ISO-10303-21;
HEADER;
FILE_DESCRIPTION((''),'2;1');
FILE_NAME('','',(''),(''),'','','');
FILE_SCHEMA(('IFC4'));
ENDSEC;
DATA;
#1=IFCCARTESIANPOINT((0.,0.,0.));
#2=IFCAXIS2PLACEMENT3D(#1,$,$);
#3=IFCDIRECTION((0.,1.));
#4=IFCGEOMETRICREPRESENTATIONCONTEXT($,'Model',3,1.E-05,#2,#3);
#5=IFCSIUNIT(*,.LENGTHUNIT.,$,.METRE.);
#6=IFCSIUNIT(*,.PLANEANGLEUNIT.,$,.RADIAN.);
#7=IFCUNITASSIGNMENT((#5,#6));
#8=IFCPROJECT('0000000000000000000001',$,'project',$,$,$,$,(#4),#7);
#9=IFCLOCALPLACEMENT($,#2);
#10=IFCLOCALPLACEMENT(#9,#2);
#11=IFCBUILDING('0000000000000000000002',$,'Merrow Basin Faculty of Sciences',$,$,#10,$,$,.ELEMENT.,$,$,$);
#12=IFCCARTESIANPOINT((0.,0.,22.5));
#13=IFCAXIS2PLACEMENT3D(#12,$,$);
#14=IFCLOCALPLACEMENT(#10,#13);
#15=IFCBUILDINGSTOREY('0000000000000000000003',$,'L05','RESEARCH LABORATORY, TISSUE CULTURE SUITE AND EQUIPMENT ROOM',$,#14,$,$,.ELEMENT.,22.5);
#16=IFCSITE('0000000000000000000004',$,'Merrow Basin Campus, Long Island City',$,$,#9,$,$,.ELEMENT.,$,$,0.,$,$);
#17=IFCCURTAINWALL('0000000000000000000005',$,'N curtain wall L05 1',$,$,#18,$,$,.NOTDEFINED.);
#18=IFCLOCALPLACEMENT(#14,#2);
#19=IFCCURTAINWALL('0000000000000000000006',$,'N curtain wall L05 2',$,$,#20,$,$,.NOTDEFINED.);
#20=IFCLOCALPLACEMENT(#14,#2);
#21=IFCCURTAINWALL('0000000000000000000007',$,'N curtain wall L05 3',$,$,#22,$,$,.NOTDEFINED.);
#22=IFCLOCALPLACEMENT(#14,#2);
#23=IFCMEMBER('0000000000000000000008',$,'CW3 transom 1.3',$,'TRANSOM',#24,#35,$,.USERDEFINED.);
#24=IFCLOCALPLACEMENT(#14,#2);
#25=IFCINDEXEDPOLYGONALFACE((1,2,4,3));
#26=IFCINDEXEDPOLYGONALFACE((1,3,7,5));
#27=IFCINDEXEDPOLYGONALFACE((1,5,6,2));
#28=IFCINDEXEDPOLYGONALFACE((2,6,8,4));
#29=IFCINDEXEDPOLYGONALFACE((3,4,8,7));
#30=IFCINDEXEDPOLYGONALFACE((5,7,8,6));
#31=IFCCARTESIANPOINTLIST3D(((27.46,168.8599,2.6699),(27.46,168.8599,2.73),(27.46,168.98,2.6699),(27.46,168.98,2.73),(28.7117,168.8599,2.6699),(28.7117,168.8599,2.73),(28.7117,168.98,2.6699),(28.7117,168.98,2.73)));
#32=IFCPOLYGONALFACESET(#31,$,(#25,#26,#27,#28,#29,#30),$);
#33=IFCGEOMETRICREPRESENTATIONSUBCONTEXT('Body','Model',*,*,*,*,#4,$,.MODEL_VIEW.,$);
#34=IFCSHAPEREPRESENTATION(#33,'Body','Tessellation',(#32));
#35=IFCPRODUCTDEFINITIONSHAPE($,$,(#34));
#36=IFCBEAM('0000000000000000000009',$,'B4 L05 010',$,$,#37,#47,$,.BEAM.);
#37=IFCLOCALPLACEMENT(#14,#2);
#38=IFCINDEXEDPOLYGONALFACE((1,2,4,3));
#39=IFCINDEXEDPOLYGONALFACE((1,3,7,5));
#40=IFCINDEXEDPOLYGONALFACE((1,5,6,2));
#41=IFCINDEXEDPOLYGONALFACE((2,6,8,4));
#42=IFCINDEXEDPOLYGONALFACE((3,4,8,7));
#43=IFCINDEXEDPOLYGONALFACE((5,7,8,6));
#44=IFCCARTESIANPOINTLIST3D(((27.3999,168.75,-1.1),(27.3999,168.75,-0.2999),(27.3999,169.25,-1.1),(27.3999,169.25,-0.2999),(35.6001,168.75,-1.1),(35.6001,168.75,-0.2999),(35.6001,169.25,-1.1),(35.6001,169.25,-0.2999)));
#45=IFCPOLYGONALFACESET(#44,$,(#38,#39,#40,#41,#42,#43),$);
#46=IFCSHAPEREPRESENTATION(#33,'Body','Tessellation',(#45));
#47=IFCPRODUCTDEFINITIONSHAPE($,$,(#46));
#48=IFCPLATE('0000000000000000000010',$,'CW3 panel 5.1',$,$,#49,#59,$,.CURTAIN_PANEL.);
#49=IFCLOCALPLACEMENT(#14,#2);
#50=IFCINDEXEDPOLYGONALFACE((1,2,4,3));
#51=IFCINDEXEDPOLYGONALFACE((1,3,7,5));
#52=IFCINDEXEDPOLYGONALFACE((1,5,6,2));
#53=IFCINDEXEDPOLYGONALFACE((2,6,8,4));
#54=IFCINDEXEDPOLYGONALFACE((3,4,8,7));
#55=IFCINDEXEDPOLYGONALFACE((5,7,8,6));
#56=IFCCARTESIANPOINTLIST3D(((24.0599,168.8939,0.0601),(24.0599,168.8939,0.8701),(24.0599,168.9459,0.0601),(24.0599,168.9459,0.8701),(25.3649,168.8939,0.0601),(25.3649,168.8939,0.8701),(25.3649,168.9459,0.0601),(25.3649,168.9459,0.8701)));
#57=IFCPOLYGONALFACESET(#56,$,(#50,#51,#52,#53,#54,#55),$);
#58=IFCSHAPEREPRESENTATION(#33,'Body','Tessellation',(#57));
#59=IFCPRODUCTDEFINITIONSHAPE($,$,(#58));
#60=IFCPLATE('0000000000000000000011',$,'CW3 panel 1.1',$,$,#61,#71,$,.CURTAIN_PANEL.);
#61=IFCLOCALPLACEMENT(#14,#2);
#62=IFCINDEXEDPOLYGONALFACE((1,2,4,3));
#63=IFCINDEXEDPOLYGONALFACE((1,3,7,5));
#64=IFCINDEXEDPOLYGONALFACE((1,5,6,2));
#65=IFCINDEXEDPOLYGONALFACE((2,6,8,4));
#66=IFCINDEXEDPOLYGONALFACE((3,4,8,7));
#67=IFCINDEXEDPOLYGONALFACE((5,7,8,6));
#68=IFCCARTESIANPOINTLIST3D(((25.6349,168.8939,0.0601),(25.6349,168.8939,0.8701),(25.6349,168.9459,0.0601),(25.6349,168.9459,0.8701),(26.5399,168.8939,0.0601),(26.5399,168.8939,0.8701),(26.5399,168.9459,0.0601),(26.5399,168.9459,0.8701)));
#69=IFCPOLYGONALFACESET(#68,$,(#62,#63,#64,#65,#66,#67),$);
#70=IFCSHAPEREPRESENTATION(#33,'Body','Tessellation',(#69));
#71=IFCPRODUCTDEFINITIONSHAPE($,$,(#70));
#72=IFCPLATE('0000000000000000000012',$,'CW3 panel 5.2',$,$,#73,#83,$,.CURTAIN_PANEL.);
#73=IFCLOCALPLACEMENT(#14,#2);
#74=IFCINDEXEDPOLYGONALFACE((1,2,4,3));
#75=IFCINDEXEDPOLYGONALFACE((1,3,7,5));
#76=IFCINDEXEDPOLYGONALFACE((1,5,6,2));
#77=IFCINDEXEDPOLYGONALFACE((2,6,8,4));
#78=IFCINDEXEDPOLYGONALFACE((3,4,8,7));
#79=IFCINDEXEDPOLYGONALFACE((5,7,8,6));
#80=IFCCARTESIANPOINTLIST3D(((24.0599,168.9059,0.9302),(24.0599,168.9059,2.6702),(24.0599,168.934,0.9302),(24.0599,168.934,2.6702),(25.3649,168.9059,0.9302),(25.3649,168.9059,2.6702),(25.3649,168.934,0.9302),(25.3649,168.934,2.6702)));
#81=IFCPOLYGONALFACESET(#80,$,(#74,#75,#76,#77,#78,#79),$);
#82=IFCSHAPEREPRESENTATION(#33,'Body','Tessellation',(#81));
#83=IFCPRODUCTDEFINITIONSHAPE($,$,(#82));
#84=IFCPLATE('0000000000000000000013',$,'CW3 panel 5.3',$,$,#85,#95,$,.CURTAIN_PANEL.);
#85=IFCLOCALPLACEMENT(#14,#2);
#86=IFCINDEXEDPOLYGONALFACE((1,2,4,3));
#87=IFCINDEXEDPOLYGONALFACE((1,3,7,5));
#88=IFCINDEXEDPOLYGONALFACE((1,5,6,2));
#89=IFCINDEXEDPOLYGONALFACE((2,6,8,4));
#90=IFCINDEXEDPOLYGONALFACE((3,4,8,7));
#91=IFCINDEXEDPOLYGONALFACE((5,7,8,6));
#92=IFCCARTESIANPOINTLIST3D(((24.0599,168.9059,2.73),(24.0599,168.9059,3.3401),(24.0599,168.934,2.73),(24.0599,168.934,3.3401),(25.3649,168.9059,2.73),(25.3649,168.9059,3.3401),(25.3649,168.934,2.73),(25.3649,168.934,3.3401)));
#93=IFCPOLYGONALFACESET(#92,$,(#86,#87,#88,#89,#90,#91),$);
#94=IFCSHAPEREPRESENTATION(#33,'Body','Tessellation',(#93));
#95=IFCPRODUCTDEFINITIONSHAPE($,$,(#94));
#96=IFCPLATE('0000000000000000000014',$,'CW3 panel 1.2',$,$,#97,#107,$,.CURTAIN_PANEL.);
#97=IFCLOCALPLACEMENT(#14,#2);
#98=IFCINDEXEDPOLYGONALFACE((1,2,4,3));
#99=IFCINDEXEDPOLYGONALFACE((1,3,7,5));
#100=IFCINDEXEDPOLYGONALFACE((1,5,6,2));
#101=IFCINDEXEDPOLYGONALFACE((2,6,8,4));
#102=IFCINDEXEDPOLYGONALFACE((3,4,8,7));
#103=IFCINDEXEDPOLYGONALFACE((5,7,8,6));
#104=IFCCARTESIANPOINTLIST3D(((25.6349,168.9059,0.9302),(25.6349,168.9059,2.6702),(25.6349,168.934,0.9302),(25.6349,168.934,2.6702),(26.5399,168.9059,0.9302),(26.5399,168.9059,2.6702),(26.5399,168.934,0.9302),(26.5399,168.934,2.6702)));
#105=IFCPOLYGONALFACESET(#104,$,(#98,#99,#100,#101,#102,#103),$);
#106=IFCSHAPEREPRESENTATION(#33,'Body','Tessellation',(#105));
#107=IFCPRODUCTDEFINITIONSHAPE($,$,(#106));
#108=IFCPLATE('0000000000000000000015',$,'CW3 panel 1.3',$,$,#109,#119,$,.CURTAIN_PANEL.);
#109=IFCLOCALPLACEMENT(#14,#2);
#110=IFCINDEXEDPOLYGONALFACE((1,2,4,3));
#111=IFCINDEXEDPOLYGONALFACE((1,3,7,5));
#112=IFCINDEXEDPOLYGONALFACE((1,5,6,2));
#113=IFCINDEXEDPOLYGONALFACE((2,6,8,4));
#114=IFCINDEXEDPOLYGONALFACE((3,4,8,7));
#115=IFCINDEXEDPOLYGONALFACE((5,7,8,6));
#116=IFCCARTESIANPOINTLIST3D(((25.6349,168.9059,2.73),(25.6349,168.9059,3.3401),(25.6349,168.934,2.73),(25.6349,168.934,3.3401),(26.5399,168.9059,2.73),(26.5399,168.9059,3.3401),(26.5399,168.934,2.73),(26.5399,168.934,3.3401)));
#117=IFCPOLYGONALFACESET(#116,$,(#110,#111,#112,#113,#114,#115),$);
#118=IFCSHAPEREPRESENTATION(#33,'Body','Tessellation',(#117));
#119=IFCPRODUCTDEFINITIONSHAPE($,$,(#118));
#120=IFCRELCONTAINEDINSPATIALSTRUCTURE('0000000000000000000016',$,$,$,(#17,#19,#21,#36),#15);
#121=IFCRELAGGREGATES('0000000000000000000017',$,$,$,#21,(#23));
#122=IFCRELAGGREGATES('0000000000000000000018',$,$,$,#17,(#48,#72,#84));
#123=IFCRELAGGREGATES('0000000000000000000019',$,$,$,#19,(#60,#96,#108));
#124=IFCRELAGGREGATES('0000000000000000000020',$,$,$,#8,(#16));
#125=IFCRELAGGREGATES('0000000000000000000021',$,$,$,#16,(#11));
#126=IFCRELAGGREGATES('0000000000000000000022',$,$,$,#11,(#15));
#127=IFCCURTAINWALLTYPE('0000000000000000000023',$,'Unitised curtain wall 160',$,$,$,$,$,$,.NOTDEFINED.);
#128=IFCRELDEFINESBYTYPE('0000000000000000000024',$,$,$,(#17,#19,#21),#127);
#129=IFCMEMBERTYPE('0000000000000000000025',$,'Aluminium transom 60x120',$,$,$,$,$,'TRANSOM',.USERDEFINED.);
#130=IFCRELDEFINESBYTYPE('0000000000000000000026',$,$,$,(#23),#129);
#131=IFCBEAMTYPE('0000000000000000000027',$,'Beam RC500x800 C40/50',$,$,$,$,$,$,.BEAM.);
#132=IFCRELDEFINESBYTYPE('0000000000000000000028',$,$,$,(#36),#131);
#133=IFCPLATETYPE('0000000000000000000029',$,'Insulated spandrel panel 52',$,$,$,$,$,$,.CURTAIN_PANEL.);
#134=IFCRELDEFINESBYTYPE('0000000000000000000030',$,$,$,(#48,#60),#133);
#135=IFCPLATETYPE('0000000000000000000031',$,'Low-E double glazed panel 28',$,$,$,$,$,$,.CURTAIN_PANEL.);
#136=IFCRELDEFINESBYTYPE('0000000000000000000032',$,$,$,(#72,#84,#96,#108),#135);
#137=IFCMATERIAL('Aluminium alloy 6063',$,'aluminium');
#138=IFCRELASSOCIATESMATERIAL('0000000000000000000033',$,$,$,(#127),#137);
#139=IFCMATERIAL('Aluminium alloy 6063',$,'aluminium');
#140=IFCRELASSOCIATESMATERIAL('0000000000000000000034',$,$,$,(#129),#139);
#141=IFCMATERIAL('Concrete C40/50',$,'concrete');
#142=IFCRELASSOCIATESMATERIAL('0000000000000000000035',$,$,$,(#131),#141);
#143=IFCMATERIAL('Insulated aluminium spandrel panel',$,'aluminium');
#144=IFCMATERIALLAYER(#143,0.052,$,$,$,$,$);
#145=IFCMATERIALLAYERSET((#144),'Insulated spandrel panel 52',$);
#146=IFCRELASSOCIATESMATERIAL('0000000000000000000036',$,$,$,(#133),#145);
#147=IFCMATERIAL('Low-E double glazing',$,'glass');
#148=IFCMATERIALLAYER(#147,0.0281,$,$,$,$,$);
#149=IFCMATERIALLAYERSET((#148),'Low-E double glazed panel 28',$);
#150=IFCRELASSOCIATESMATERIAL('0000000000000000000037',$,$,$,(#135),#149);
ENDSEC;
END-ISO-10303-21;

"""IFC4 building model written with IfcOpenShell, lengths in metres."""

from ifc_helpers import new_model, si_unit, direction, frame, origin, origin_2d, place, context, subcontext, project, spatial, rectangle, extrude, material, layer, layer_set, material_profile, profile_set, type_object, element, aggregate, save


model = new_model("IFC4")

# Units and contexts
model_context = context("Model", 3, precision=1e-05, world=origin(), true_north=direction((0.0, 1.0)))
body_context = subcontext(model_context, "Body", "Model", "MODEL_VIEW")
ifc_project = project(units=[si_unit("LENGTHUNIT", "METRE"), si_unit("PLANEANGLEUNIT", "RADIAN")], contexts=[model_context])

# Site, building, storey
site_placement = place(None, origin())
site = spatial("IfcSite", under=ifc_project, at=site_placement, Name="Merrow Basin Campus, Long Island City", CompositionType="ELEMENT", RefElevation=0.0)
building_placement = place(site_placement, origin())
building = spatial("IfcBuilding", under=site, at=building_placement, Name="Merrow Basin Faculty of Sciences", CompositionType="ELEMENT")
storey_placement = place(building_placement, frame((0.0, 0.0, 22.5)))
storey = spatial("IfcBuildingStorey", under=building, at=storey_placement, Name="L05", Description="RESEARCH LABORATORY, TISSUE CULTURE SUITE AND EQUIPMENT ROOM", CompositionType="ELEMENT", Elevation=22.5)

# Curtain wall
ifc_material_1 = material(Name="Aluminium alloy 6063", Category="aluminium")
curtain_wall_type = type_object("IfcCurtainWallType", Name="Unitised curtain wall 160", PredefinedType="NOTDEFINED", material=ifc_material_1)
curtain_wall_1_placement = place(storey_placement, origin())
curtain_wall_1 = element("IfcCurtainWall", 1, at=curtain_wall_1_placement, inside=storey, type_object=curtain_wall_type, Name="N curtain wall L05 1", PredefinedType="NOTDEFINED")

# Curtain wall
curtain_wall_2_placement = place(storey_placement, origin())
curtain_wall_2 = element("IfcCurtainWall", 2, at=curtain_wall_2_placement, inside=storey, type_object=curtain_wall_type, Name="N curtain wall L05 2", PredefinedType="NOTDEFINED")

# Curtain wall
curtain_wall_3_placement = place(storey_placement, origin())
curtain_wall_3 = element("IfcCurtainWall", 3, at=curtain_wall_3_placement, inside=storey, type_object=curtain_wall_type, Name="N curtain wall L05 3", PredefinedType="NOTDEFINED")

# Member
ifc_material_2 = material(Name="Aluminium alloy 6063", Category="aluminium")
ifc_material_profile_1 = material_profile(ifc_material_2, rectangle(XDim=0.1201, YDim=0.0601, at=origin_2d()))
ifc_profile_set_1 = profile_set([ifc_material_profile_1], Name="Aluminium alloy 6063")
member_type_1 = type_object("IfcMemberType", Name="Aluminium transom 60x120", ElementType="TRANSOM", PredefinedType="USERDEFINED", material=ifc_profile_set_1)
member_1_placement = place(storey_placement, frame((27.46, 168.9199, 2.7), z_axis=(1.0, 0.0, 0.0), x_axis=(0.0, 1.0, 0.0)))
member_1 = element("IfcMember", 4, at=member_1_placement, type_object=member_type_1, Name="CW3 transom 1.3", ObjectType="TRANSOM", PredefinedType="USERDEFINED", context=body_context, shape_type="SweptSolid", body=[
    extrude(rectangle(XDim=0.1201, YDim=0.0601, at=origin_2d()), origin(), (0.0, 0.0, 1.0), 1.2517),
])
aggregate(curtain_wall_3, [member_1])

# Beam
ifc_material_3 = material(Name="Concrete C40/50", Category="concrete")
ifc_material_profile_2 = material_profile(ifc_material_3, rectangle(XDim=0.5, YDim=0.8, at=origin_2d()))
ifc_profile_set_2 = profile_set([ifc_material_profile_2], Name="Concrete C40/50")
beam_type = type_object("IfcBeamType", Name="Beam RC500x800 C40/50", PredefinedType="BEAM", material=ifc_profile_set_2)
beam_placement = place(storey_placement, frame((27.3999, 169.0, -0.7), z_axis=(1.0, 0.0, 0.0), x_axis=(0.0, 1.0, 0.0)))
element("IfcBeam", 5, at=beam_placement, inside=storey, type_object=beam_type, Name="B4 L05 010", PredefinedType="BEAM", context=body_context, shape_type="SweptSolid", body=[
    extrude(rectangle(XDim=0.5, YDim=0.8, at=origin_2d()), origin(), (0.0, 0.0, 1.0), 8.2002),
])

# Plates
ifc_material_4 = material(Name="Insulated aluminium spandrel panel", Category="aluminium")
ifc_layer_1 = layer(ifc_material_4, 0.052)
ifc_layer_set_1 = layer_set([ifc_layer_1], Name="Insulated spandrel panel 52")
plate_type_1 = type_object("IfcPlateType", Name="Insulated spandrel panel 52", PredefinedType="CURTAIN_PANEL", material=ifc_layer_set_1)
plate_1_placement = place(storey_placement, frame((24.7124, 168.9199, 0.0601), z_axis=(0.0, 0.0, 1.0), x_axis=(1.0, 0.0, 0.0)))
plate_1 = element("IfcPlate", 6, at=plate_1_placement, type_object=plate_type_1, Name="CW3 panel 5.1", PredefinedType="CURTAIN_PANEL", context=body_context, shape_type="SweptSolid", body=[
    extrude(rectangle(XDim=1.3049, YDim=0.052, at=origin_2d()), origin(), (0.0, 0.0, 1.0), 0.8101),
])
plate_2_placement = place(storey_placement, frame((26.0874, 168.9199, 0.0601), z_axis=(0.0, 0.0, 1.0), x_axis=(1.0, 0.0, 0.0)))
plate_2 = element("IfcPlate", 7, at=plate_2_placement, type_object=plate_type_1, Name="CW3 panel 1.1", PredefinedType="CURTAIN_PANEL", context=body_context, shape_type="SweptSolid", body=[
    extrude(rectangle(XDim=0.905, YDim=0.052, at=origin_2d()), origin(), (0.0, 0.0, 1.0), 0.8101),
])
ifc_material_5 = material(Name="Low-E double glazing", Category="glass")
ifc_layer_2 = layer(ifc_material_5, 0.0281)
ifc_layer_set_2 = layer_set([ifc_layer_2], Name="Low-E double glazed panel 28")
plate_type_2 = type_object("IfcPlateType", Name="Low-E double glazed panel 28", PredefinedType="CURTAIN_PANEL", material=ifc_layer_set_2)
plate_3_placement = place(storey_placement, frame((24.7124, 168.9199, 0.9302), z_axis=(0.0, 0.0, 1.0), x_axis=(1.0, 0.0, 0.0)))
plate_3 = element("IfcPlate", 8, at=plate_3_placement, type_object=plate_type_2, Name="CW3 panel 5.2", PredefinedType="CURTAIN_PANEL", context=body_context, shape_type="SweptSolid", body=[
    extrude(rectangle(XDim=1.3049, YDim=0.0281, at=origin_2d()), origin(), (0.0, 0.0, 1.0), 1.74),
])
plate_4_placement = place(storey_placement, frame((24.7124, 168.9199, 2.73), z_axis=(0.0, 0.0, 1.0), x_axis=(1.0, 0.0, 0.0)))
plate_4 = element("IfcPlate", 9, at=plate_4_placement, type_object=plate_type_2, Name="CW3 panel 5.3", PredefinedType="CURTAIN_PANEL", context=body_context, shape_type="SweptSolid", body=[
    extrude(rectangle(XDim=1.3049, YDim=0.0281, at=origin_2d()), origin(), (0.0, 0.0, 1.0), 0.6101),
])
aggregate(curtain_wall_1, [plate_1, plate_3, plate_4])
plate_5_placement = place(storey_placement, frame((26.0874, 168.9199, 0.9302), z_axis=(0.0, 0.0, 1.0), x_axis=(1.0, 0.0, 0.0)))
plate_5 = element("IfcPlate", 10, at=plate_5_placement, type_object=plate_type_2, Name="CW3 panel 1.2", PredefinedType="CURTAIN_PANEL", context=body_context, shape_type="SweptSolid", body=[
    extrude(rectangle(XDim=0.905, YDim=0.0281, at=origin_2d()), origin(), (0.0, 0.0, 1.0), 1.74),
])
plate_6_placement = place(storey_placement, frame((26.0874, 168.9199, 2.73), z_axis=(0.0, 0.0, 1.0), x_axis=(1.0, 0.0, 0.0)))
plate_6 = element("IfcPlate", 11, at=plate_6_placement, type_object=plate_type_2, Name="CW3 panel 1.3", PredefinedType="CURTAIN_PANEL", context=body_context, shape_type="SweptSolid", body=[
    extrude(rectangle(XDim=0.905, YDim=0.0281, at=origin_2d()), origin(), (0.0, 0.0, 1.0), 0.6101),
])
aggregate(curtain_wall_2, [plate_2, plate_5, plate_6])

save(model, "model.ifc")
